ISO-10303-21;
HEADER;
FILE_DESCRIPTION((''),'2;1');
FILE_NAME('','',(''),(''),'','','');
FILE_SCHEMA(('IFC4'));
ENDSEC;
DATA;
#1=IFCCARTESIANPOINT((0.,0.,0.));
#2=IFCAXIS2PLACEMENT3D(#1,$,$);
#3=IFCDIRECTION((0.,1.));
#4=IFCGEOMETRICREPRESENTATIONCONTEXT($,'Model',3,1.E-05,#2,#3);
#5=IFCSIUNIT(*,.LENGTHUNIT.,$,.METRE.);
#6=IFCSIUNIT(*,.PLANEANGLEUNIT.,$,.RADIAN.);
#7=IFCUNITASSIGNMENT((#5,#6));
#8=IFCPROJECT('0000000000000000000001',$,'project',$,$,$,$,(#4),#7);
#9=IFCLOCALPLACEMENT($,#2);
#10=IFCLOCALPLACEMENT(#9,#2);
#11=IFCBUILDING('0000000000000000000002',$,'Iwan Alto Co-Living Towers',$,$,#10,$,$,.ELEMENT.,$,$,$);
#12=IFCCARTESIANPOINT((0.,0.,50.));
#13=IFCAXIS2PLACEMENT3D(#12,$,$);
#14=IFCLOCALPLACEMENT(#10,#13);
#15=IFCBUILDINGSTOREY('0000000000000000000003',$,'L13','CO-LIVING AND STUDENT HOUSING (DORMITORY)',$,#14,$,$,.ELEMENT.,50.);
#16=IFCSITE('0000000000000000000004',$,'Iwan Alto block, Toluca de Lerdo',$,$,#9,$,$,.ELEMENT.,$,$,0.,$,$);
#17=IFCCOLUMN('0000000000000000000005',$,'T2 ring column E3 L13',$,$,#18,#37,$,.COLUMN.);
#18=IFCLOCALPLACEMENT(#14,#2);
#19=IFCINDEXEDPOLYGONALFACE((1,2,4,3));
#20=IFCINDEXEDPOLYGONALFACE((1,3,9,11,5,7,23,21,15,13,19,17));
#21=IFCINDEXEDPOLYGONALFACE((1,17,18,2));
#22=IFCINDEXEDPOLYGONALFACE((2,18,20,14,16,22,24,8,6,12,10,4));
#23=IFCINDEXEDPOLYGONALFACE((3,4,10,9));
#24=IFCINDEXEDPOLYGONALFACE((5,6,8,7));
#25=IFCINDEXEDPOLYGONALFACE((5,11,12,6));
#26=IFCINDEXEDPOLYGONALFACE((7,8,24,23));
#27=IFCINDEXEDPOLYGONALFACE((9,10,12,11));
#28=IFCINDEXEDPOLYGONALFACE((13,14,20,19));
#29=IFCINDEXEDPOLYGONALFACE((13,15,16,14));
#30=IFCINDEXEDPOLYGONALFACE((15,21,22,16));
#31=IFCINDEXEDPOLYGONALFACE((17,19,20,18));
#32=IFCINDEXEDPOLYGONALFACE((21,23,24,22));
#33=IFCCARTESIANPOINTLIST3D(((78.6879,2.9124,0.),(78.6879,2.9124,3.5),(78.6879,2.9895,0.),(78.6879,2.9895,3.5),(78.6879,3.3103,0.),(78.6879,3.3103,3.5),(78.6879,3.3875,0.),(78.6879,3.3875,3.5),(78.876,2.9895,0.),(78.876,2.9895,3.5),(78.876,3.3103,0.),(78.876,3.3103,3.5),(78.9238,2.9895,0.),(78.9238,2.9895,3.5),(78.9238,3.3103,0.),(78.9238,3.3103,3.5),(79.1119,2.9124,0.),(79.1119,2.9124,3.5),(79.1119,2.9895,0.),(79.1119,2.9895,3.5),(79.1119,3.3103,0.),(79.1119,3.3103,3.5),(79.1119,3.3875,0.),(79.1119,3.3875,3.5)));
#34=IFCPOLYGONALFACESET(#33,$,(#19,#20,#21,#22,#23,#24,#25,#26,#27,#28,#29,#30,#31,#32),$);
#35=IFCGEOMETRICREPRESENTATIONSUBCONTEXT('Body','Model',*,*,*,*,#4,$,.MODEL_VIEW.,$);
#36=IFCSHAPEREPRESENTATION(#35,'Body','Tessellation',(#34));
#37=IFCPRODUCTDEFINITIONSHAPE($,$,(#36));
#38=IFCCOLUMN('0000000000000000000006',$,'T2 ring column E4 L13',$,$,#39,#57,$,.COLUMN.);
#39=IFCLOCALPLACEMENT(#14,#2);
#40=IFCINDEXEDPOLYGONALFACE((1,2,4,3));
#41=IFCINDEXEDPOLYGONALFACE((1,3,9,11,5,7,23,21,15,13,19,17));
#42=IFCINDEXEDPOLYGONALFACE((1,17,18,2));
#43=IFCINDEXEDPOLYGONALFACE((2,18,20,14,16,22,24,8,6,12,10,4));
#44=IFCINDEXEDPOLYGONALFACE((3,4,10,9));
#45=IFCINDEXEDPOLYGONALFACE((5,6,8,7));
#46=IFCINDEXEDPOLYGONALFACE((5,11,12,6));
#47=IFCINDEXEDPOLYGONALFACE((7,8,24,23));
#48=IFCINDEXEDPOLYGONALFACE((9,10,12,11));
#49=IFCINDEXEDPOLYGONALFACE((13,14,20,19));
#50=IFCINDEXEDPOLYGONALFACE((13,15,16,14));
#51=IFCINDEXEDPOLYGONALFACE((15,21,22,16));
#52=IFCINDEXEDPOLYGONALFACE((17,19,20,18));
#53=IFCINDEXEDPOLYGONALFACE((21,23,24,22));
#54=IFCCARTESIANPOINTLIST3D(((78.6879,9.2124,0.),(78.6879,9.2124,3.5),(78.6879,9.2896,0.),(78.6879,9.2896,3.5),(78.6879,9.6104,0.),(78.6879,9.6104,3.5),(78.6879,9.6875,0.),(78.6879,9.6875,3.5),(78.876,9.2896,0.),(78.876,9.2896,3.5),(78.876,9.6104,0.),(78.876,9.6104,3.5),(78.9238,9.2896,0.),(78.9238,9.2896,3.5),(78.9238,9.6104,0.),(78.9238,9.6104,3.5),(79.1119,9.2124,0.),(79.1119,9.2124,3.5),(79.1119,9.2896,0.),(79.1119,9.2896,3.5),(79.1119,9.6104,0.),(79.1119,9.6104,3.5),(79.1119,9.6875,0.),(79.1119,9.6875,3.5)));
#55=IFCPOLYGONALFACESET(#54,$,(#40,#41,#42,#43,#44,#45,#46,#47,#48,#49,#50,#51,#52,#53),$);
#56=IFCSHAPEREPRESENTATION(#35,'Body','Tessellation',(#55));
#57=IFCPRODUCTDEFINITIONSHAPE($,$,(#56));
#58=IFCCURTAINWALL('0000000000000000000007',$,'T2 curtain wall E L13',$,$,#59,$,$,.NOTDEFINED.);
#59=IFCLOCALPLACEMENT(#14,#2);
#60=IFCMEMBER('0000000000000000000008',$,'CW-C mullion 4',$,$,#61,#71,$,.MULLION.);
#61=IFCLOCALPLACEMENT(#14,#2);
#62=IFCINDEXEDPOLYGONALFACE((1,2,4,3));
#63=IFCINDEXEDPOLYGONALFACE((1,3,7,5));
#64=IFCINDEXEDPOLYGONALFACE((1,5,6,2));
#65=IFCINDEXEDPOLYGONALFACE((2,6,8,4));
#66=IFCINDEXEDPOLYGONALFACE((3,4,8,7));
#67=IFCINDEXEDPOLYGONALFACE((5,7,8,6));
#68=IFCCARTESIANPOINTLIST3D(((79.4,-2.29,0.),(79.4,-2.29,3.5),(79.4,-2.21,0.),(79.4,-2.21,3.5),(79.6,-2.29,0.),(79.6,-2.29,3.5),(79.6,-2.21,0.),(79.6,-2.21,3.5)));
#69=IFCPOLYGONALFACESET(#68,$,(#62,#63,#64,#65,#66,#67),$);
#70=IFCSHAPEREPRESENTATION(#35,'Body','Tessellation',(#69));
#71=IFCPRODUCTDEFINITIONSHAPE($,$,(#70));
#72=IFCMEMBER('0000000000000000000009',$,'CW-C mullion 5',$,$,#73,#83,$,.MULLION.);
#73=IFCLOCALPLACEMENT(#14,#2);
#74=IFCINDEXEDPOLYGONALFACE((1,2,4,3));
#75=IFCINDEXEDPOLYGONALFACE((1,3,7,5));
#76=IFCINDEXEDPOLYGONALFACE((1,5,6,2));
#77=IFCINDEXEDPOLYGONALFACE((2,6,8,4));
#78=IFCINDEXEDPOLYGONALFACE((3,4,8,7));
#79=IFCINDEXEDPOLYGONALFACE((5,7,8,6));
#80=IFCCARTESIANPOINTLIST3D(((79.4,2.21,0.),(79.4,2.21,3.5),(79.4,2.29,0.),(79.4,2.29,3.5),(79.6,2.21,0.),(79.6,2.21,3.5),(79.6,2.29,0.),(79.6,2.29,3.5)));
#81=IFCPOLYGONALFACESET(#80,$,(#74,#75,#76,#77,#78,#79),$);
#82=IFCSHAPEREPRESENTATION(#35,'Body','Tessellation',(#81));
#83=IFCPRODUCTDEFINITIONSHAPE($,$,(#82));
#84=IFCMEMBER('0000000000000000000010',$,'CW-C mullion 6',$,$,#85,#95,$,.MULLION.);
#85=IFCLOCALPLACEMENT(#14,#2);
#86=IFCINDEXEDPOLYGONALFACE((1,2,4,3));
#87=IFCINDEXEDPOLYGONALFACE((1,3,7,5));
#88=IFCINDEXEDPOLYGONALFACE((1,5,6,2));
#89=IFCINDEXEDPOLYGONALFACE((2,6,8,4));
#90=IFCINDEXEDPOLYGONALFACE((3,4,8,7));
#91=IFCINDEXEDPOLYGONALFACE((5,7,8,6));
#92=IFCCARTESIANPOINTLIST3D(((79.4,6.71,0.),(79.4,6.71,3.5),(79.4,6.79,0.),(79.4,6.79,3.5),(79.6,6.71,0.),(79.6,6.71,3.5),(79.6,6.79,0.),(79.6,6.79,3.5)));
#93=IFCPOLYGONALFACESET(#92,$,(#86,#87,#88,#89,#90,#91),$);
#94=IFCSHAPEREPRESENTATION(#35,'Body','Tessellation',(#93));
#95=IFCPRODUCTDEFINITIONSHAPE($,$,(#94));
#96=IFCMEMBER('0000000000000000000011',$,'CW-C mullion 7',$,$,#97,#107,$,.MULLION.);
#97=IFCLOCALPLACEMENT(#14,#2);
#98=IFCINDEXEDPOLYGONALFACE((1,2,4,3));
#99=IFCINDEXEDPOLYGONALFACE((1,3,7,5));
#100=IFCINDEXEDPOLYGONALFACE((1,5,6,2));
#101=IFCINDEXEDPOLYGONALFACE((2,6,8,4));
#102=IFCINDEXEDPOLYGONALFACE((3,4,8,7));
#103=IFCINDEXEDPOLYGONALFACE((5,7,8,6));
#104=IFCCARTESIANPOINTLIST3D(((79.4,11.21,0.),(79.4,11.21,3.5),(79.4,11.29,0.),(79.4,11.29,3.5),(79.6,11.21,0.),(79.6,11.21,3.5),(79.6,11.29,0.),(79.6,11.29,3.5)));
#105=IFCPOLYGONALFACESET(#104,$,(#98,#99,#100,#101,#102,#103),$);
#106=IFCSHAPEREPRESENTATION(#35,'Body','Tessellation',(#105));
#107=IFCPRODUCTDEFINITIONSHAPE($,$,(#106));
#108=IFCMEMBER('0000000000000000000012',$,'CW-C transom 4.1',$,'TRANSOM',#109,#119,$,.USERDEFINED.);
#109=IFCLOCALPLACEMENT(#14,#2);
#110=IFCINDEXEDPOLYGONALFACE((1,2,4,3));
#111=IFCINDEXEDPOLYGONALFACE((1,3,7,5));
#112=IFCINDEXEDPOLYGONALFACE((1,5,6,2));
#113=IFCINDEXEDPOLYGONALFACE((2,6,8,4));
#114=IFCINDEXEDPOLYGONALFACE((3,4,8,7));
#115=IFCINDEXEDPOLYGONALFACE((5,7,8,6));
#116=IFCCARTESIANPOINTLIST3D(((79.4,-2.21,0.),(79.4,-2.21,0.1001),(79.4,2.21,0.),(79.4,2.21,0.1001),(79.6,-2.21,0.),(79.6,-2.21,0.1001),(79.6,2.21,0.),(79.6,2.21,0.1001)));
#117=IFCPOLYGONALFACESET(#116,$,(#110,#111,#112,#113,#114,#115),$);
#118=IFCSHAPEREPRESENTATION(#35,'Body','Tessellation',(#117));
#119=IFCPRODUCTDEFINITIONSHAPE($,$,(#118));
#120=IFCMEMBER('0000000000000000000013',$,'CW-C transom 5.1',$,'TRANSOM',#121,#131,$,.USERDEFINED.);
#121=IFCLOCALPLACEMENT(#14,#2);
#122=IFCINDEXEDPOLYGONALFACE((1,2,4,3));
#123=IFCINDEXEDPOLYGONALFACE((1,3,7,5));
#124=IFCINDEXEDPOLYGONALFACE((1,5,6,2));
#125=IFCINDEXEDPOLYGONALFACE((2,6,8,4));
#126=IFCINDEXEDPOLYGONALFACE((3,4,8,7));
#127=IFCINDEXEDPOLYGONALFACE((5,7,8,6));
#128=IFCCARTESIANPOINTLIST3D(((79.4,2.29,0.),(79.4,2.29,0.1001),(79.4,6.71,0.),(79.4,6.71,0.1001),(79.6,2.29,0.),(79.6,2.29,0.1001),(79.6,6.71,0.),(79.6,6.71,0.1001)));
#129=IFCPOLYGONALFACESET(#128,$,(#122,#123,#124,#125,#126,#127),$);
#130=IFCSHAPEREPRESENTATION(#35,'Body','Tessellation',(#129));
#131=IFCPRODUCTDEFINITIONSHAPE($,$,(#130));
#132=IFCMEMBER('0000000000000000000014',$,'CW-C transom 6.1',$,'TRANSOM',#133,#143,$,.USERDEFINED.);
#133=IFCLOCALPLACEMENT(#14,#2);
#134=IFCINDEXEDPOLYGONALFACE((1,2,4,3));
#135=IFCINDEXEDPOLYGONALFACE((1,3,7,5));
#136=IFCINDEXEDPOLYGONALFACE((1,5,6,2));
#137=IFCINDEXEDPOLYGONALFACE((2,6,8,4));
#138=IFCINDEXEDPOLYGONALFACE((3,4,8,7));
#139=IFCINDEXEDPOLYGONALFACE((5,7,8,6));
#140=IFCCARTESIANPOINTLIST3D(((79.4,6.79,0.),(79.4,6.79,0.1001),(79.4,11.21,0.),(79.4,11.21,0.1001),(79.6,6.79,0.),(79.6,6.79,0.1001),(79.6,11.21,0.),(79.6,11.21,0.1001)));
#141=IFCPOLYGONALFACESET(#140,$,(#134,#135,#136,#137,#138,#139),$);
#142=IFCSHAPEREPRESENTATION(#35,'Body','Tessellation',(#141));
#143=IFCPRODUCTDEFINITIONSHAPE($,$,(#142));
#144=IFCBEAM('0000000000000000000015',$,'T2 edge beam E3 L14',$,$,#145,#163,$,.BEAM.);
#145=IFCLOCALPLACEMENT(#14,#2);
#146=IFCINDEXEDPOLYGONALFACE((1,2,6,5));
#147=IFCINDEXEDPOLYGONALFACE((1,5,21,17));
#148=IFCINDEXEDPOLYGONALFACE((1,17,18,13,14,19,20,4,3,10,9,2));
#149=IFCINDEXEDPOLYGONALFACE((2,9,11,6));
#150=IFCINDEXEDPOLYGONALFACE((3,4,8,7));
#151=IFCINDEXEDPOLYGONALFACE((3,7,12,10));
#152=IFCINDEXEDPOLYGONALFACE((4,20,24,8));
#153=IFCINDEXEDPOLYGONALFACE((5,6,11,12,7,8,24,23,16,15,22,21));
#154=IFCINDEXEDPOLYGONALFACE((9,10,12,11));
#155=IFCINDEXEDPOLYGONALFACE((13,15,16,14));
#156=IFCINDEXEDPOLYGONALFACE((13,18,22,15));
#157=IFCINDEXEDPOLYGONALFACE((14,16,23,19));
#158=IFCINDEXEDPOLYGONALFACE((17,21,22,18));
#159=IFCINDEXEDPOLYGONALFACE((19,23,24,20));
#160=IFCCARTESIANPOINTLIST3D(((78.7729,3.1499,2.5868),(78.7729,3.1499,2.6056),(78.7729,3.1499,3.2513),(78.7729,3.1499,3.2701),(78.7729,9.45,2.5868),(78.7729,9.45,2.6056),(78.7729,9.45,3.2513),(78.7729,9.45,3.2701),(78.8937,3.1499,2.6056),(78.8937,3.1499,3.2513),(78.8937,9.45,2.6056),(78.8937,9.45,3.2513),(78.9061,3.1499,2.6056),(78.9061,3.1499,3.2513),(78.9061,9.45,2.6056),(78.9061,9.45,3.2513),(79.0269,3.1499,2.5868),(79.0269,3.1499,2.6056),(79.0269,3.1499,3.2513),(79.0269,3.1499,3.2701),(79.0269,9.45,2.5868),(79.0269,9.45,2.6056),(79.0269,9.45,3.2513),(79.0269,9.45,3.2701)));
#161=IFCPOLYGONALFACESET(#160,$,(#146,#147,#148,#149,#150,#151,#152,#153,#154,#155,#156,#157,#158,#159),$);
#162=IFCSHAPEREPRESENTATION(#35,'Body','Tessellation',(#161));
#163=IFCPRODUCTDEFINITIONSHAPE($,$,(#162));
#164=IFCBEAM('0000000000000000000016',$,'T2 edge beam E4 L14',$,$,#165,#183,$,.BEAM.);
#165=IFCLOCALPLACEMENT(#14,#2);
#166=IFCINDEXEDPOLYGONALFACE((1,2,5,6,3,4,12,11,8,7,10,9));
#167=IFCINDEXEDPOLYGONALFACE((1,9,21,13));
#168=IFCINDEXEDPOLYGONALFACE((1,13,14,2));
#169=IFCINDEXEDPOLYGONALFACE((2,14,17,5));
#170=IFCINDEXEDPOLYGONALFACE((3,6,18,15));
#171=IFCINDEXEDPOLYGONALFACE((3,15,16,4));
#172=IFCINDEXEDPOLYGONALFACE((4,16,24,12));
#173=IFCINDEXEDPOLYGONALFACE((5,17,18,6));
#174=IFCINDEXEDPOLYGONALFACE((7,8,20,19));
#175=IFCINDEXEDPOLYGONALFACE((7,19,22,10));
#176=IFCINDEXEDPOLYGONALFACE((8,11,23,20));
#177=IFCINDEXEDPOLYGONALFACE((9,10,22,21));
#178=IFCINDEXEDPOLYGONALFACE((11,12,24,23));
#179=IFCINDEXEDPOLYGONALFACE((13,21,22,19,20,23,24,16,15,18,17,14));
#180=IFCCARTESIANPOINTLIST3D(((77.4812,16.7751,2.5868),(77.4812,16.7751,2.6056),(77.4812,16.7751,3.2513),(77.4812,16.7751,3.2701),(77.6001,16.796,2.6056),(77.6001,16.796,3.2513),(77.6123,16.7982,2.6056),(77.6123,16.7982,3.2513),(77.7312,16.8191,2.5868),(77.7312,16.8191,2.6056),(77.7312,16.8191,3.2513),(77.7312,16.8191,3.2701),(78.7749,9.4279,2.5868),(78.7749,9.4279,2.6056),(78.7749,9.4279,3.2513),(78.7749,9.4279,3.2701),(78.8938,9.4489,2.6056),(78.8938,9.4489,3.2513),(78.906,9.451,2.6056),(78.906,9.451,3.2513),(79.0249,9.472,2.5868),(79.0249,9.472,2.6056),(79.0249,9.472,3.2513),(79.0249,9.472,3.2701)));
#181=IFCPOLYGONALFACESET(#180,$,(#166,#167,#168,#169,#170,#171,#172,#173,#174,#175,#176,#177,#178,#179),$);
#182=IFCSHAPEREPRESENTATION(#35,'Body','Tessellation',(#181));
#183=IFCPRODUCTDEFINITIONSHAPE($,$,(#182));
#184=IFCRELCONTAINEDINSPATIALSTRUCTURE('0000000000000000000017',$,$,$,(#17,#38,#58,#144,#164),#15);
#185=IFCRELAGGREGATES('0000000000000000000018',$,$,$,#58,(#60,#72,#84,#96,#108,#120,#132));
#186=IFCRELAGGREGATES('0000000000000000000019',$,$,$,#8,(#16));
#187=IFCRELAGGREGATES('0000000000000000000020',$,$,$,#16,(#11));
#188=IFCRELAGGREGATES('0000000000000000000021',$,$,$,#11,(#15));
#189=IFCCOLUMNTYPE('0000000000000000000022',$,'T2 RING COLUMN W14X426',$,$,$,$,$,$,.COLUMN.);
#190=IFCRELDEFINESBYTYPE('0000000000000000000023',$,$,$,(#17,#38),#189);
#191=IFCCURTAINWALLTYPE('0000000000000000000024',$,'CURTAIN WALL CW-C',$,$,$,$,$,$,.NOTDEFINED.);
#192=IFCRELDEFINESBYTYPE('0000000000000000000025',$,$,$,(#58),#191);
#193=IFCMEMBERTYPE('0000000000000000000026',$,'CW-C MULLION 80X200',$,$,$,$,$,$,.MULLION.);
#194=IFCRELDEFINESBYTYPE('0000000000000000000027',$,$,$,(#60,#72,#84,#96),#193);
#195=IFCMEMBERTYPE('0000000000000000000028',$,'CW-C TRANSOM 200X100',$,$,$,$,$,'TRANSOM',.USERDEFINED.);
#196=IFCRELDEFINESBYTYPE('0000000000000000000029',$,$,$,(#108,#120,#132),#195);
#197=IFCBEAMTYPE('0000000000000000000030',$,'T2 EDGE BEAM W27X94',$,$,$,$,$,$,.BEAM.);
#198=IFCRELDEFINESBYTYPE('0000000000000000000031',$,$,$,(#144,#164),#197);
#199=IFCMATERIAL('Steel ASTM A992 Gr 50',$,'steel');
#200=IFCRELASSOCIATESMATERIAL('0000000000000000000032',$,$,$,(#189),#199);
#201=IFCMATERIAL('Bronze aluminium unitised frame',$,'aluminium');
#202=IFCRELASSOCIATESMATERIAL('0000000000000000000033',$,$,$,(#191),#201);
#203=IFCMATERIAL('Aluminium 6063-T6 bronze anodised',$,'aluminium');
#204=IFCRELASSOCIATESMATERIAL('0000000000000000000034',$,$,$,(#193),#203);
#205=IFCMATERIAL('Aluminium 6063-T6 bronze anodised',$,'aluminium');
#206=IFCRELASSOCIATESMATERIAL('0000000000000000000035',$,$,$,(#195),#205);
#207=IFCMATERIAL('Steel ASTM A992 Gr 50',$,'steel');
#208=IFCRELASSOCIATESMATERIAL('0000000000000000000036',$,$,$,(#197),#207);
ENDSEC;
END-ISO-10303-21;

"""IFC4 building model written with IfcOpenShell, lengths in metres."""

from ifc_helpers import new_model, si_unit, direction, frame, origin, origin_2d, place, context, subcontext, project, spatial, rectangle, i_section, extrude, material, material_profile, profile_set, type_object, element, aggregate, save


model = new_model("IFC4")

# Units and contexts
model_context = context("Model", 3, precision=1e-05, world=origin(), true_north=direction((0.0, 1.0)))
body_context = subcontext(model_context, "Body", "Model", "MODEL_VIEW")
ifc_project = project(units=[si_unit("LENGTHUNIT", "METRE"), si_unit("PLANEANGLEUNIT", "RADIAN")], contexts=[model_context])

# Site, building, storey
site_placement = place(None, origin())
site = spatial("IfcSite", under=ifc_project, at=site_placement, Name="Iwan Alto block, Toluca de Lerdo", CompositionType="ELEMENT", RefElevation=0.0)
building_placement = place(site_placement, origin())
building = spatial("IfcBuilding", under=site, at=building_placement, Name="Iwan Alto Co-Living Towers", CompositionType="ELEMENT")
storey_placement = place(building_placement, frame((0.0, 0.0, 50.0)))
storey = spatial("IfcBuildingStorey", under=building, at=storey_placement, Name="L13", Description="CO-LIVING AND STUDENT HOUSING (DORMITORY)", CompositionType="ELEMENT", Elevation=50.0)

# Columns
ifc_material_1 = material(Name="Steel ASTM A992 Gr 50", Category="steel")
ifc_material_profile_1 = material_profile(ifc_material_1, i_section(OverallWidth=0.4241, OverallDepth=0.4751, WebThickness=0.0479, FlangeThickness=0.0771, at=origin_2d()), Name="W14X426")
ifc_profile_set_1 = profile_set([ifc_material_profile_1], Name="Steel ASTM A992 Gr 50")
column_type = type_object("IfcColumnType", Name="T2 RING COLUMN W14X426", PredefinedType="COLUMN", material=ifc_profile_set_1)
for number, where, z_axis, x_axis, name in (
    (1, (78.8999, 3.1499, 0.0), (0.0, 0.0, 1.0), (1.0, 0.0, 0.0), "T2 ring column E3 L13"),
    (2, (78.8999, 9.45, 0.0), (0.0, 0.0, 1.0), (1.0, 0.0, 0.0), "T2 ring column E4 L13"),
):
    element("IfcColumn", number, at=place(storey_placement, frame(where, z_axis=z_axis, x_axis=x_axis)), inside=storey, type_object=column_type, Name=name, PredefinedType="COLUMN", context=body_context, shape_type="SweptSolid", body=[
        extrude(i_section(OverallWidth=0.4241, OverallDepth=0.4751, WebThickness=0.0479, FlangeThickness=0.0771, at=origin_2d()), origin(), (0.0, 0.0, 1.0), 3.5),
    ])

# Curtain wall, members
ifc_material_2 = material(Name="Bronze aluminium unitised frame", Category="aluminium")
curtain_wall_type = type_object("IfcCurtainWallType", Name="CURTAIN WALL CW-C", PredefinedType="NOTDEFINED", material=ifc_material_2)
curtain_wall_placement = place(storey_placement, origin())
curtain_wall = element("IfcCurtainWall", 3, at=curtain_wall_placement, inside=storey, type_object=curtain_wall_type, Name="T2 curtain wall E L13", PredefinedType="NOTDEFINED")
ifc_material_3 = material(Name="Aluminium 6063-T6 bronze anodised", Category="aluminium")
ifc_material_profile_2 = material_profile(ifc_material_3, rectangle(XDim=0.2, YDim=0.0801, at=origin_2d()), Name="AL 80X200")
ifc_profile_set_2 = profile_set([ifc_material_profile_2], Name="Aluminium 6063-T6 bronze anodised")
member_type_1 = type_object("IfcMemberType", Name="CW-C MULLION 80X200", PredefinedType="MULLION", material=ifc_profile_set_2)
member_1_placement = place(storey_placement, frame((79.5, -2.25, 0.0), z_axis=(0.0, 0.0, 1.0), x_axis=(-1.0, 0.0, 0.0)))
member_1 = element("IfcMember", 4, at=member_1_placement, type_object=member_type_1, Name="CW-C mullion 4", PredefinedType="MULLION", context=body_context, shape_type="SweptSolid", body=[
    extrude(rectangle(XDim=0.2, YDim=0.0801, at=origin_2d()), origin(), (0.0, 0.0, 1.0), 3.5),
])
member_2_placement = place(storey_placement, frame((79.5, 2.25, 0.0), z_axis=(0.0, 0.0, 1.0), x_axis=(-1.0, 0.0, 0.0)))
member_2 = element("IfcMember", 5, at=member_2_placement, type_object=member_type_1, Name="CW-C mullion 5", PredefinedType="MULLION", context=body_context, shape_type="SweptSolid", body=[
    extrude(rectangle(XDim=0.2, YDim=0.0801, at=origin_2d()), origin(), (0.0, 0.0, 1.0), 3.5),
])
member_3_placement = place(storey_placement, frame((79.5, 6.75, 0.0), z_axis=(0.0, 0.0, 1.0), x_axis=(-1.0, 0.0, 0.0)))
member_3 = element("IfcMember", 6, at=member_3_placement, type_object=member_type_1, Name="CW-C mullion 6", PredefinedType="MULLION", context=body_context, shape_type="SweptSolid", body=[
    extrude(rectangle(XDim=0.2, YDim=0.0801, at=origin_2d()), origin(), (0.0, 0.0, 1.0), 3.5),
])
member_4_placement = place(storey_placement, frame((79.5, 11.25, 0.0), z_axis=(0.0, 0.0, 1.0), x_axis=(-1.0, 0.0, 0.0)))
member_4 = element("IfcMember", 7, at=member_4_placement, type_object=member_type_1, Name="CW-C mullion 7", PredefinedType="MULLION", context=body_context, shape_type="SweptSolid", body=[
    extrude(rectangle(XDim=0.2, YDim=0.0801, at=origin_2d()), origin(), (0.0, 0.0, 1.0), 3.5),
])
ifc_material_4 = material(Name="Aluminium 6063-T6 bronze anodised", Category="aluminium")
ifc_material_profile_3 = material_profile(ifc_material_4, rectangle(XDim=0.2, YDim=0.1001, at=origin_2d()), Name="AL 200X100")
ifc_profile_set_3 = profile_set([ifc_material_profile_3], Name="Aluminium 6063-T6 bronze anodised")
member_type_2 = type_object("IfcMemberType", Name="CW-C TRANSOM 200X100", ElementType="TRANSOM", PredefinedType="USERDEFINED", material=ifc_profile_set_3)
member_5_placement = place(storey_placement, frame((79.5, -2.21, 0.05), z_axis=(0.0, 1.0, 0.0), x_axis=(-1.0, 0.0, 0.0)))
member_5 = element("IfcMember", 8, at=member_5_placement, type_object=member_type_2, Name="CW-C transom 4.1", ObjectType="TRANSOM", PredefinedType="USERDEFINED", context=body_context, shape_type="SweptSolid", body=[
    extrude(rectangle(XDim=0.2, YDim=0.1001, at=origin_2d()), origin(), (0.0, 0.0, 1.0), 4.4199),
])
member_6_placement = place(storey_placement, frame((79.5, 2.29, 0.05), z_axis=(0.0, 1.0, 0.0), x_axis=(-1.0, 0.0, 0.0)))
member_6 = element("IfcMember", 9, at=member_6_placement, type_object=member_type_2, Name="CW-C transom 5.1", ObjectType="TRANSOM", PredefinedType="USERDEFINED", context=body_context, shape_type="SweptSolid", body=[
    extrude(rectangle(XDim=0.2, YDim=0.1001, at=origin_2d()), origin(), (0.0, 0.0, 1.0), 4.4199),
])
member_7_placement = place(storey_placement, frame((79.5, 6.79, 0.05), z_axis=(0.0, 1.0, 0.0), x_axis=(-1.0, 0.0, 0.0)))
member_7 = element("IfcMember", 10, at=member_7_placement, type_object=member_type_2, Name="CW-C transom 6.1", ObjectType="TRANSOM", PredefinedType="USERDEFINED", context=body_context, shape_type="SweptSolid", body=[
    extrude(rectangle(XDim=0.2, YDim=0.1001, at=origin_2d()), origin(), (0.0, 0.0, 1.0), 4.4199),
])

# Beams
ifc_material_5 = material(Name="Steel ASTM A992 Gr 50", Category="steel")
ifc_material_profile_4 = material_profile(ifc_material_5, i_section(OverallWidth=0.2539, OverallDepth=0.6833, WebThickness=0.0125, FlangeThickness=0.0188, at=origin_2d()), Name="W27X94")
ifc_profile_set_4 = profile_set([ifc_material_profile_4], Name="Steel ASTM A992 Gr 50")
beam_type_1 = type_object("IfcBeamType", Name="T2 EDGE BEAM W27X94", PredefinedType="BEAM", material=ifc_profile_set_4)
beam_1_placement = place(storey_placement, frame((78.8999, 3.1499, 2.9285), z_axis=(0.0, 1.0, 0.0), x_axis=(-1.0, 0.0, 0.0)))
element("IfcBeam", 11, at=beam_1_placement, inside=storey, type_object=beam_type_1, Name="T2 edge beam E3 L14", PredefinedType="BEAM", context=body_context, shape_type="SweptSolid", body=[
    extrude(i_section(OverallWidth=0.2539, OverallDepth=0.6833, WebThickness=0.0125, FlangeThickness=0.0188, at=origin_2d()), origin(), (0.0, 0.0, 1.0), 6.3),
])
beam_2_placement = place(storey_placement, frame((78.8999, 9.45, 2.9285), z_axis=(-0.173414, 0.984849, 0.0), x_axis=(-0.984849, -0.173414, 0.0)))
element("IfcBeam", 12, at=beam_2_placement, inside=storey, type_object=beam_type_1, Name="T2 edge beam E4 L14", PredefinedType="BEAM", context=body_context, shape_type="SweptSolid", body=[
    extrude(i_section(OverallWidth=0.2539, OverallDepth=0.6833, WebThickness=0.0125, FlangeThickness=0.0188, at=origin_2d()), origin(), (0.0, 0.0, 1.0), 7.4602),
])

aggregate(curtain_wall, [member_1, member_2, member_3, member_4, member_5, member_6, member_7])

save(model, "model.ifc")
